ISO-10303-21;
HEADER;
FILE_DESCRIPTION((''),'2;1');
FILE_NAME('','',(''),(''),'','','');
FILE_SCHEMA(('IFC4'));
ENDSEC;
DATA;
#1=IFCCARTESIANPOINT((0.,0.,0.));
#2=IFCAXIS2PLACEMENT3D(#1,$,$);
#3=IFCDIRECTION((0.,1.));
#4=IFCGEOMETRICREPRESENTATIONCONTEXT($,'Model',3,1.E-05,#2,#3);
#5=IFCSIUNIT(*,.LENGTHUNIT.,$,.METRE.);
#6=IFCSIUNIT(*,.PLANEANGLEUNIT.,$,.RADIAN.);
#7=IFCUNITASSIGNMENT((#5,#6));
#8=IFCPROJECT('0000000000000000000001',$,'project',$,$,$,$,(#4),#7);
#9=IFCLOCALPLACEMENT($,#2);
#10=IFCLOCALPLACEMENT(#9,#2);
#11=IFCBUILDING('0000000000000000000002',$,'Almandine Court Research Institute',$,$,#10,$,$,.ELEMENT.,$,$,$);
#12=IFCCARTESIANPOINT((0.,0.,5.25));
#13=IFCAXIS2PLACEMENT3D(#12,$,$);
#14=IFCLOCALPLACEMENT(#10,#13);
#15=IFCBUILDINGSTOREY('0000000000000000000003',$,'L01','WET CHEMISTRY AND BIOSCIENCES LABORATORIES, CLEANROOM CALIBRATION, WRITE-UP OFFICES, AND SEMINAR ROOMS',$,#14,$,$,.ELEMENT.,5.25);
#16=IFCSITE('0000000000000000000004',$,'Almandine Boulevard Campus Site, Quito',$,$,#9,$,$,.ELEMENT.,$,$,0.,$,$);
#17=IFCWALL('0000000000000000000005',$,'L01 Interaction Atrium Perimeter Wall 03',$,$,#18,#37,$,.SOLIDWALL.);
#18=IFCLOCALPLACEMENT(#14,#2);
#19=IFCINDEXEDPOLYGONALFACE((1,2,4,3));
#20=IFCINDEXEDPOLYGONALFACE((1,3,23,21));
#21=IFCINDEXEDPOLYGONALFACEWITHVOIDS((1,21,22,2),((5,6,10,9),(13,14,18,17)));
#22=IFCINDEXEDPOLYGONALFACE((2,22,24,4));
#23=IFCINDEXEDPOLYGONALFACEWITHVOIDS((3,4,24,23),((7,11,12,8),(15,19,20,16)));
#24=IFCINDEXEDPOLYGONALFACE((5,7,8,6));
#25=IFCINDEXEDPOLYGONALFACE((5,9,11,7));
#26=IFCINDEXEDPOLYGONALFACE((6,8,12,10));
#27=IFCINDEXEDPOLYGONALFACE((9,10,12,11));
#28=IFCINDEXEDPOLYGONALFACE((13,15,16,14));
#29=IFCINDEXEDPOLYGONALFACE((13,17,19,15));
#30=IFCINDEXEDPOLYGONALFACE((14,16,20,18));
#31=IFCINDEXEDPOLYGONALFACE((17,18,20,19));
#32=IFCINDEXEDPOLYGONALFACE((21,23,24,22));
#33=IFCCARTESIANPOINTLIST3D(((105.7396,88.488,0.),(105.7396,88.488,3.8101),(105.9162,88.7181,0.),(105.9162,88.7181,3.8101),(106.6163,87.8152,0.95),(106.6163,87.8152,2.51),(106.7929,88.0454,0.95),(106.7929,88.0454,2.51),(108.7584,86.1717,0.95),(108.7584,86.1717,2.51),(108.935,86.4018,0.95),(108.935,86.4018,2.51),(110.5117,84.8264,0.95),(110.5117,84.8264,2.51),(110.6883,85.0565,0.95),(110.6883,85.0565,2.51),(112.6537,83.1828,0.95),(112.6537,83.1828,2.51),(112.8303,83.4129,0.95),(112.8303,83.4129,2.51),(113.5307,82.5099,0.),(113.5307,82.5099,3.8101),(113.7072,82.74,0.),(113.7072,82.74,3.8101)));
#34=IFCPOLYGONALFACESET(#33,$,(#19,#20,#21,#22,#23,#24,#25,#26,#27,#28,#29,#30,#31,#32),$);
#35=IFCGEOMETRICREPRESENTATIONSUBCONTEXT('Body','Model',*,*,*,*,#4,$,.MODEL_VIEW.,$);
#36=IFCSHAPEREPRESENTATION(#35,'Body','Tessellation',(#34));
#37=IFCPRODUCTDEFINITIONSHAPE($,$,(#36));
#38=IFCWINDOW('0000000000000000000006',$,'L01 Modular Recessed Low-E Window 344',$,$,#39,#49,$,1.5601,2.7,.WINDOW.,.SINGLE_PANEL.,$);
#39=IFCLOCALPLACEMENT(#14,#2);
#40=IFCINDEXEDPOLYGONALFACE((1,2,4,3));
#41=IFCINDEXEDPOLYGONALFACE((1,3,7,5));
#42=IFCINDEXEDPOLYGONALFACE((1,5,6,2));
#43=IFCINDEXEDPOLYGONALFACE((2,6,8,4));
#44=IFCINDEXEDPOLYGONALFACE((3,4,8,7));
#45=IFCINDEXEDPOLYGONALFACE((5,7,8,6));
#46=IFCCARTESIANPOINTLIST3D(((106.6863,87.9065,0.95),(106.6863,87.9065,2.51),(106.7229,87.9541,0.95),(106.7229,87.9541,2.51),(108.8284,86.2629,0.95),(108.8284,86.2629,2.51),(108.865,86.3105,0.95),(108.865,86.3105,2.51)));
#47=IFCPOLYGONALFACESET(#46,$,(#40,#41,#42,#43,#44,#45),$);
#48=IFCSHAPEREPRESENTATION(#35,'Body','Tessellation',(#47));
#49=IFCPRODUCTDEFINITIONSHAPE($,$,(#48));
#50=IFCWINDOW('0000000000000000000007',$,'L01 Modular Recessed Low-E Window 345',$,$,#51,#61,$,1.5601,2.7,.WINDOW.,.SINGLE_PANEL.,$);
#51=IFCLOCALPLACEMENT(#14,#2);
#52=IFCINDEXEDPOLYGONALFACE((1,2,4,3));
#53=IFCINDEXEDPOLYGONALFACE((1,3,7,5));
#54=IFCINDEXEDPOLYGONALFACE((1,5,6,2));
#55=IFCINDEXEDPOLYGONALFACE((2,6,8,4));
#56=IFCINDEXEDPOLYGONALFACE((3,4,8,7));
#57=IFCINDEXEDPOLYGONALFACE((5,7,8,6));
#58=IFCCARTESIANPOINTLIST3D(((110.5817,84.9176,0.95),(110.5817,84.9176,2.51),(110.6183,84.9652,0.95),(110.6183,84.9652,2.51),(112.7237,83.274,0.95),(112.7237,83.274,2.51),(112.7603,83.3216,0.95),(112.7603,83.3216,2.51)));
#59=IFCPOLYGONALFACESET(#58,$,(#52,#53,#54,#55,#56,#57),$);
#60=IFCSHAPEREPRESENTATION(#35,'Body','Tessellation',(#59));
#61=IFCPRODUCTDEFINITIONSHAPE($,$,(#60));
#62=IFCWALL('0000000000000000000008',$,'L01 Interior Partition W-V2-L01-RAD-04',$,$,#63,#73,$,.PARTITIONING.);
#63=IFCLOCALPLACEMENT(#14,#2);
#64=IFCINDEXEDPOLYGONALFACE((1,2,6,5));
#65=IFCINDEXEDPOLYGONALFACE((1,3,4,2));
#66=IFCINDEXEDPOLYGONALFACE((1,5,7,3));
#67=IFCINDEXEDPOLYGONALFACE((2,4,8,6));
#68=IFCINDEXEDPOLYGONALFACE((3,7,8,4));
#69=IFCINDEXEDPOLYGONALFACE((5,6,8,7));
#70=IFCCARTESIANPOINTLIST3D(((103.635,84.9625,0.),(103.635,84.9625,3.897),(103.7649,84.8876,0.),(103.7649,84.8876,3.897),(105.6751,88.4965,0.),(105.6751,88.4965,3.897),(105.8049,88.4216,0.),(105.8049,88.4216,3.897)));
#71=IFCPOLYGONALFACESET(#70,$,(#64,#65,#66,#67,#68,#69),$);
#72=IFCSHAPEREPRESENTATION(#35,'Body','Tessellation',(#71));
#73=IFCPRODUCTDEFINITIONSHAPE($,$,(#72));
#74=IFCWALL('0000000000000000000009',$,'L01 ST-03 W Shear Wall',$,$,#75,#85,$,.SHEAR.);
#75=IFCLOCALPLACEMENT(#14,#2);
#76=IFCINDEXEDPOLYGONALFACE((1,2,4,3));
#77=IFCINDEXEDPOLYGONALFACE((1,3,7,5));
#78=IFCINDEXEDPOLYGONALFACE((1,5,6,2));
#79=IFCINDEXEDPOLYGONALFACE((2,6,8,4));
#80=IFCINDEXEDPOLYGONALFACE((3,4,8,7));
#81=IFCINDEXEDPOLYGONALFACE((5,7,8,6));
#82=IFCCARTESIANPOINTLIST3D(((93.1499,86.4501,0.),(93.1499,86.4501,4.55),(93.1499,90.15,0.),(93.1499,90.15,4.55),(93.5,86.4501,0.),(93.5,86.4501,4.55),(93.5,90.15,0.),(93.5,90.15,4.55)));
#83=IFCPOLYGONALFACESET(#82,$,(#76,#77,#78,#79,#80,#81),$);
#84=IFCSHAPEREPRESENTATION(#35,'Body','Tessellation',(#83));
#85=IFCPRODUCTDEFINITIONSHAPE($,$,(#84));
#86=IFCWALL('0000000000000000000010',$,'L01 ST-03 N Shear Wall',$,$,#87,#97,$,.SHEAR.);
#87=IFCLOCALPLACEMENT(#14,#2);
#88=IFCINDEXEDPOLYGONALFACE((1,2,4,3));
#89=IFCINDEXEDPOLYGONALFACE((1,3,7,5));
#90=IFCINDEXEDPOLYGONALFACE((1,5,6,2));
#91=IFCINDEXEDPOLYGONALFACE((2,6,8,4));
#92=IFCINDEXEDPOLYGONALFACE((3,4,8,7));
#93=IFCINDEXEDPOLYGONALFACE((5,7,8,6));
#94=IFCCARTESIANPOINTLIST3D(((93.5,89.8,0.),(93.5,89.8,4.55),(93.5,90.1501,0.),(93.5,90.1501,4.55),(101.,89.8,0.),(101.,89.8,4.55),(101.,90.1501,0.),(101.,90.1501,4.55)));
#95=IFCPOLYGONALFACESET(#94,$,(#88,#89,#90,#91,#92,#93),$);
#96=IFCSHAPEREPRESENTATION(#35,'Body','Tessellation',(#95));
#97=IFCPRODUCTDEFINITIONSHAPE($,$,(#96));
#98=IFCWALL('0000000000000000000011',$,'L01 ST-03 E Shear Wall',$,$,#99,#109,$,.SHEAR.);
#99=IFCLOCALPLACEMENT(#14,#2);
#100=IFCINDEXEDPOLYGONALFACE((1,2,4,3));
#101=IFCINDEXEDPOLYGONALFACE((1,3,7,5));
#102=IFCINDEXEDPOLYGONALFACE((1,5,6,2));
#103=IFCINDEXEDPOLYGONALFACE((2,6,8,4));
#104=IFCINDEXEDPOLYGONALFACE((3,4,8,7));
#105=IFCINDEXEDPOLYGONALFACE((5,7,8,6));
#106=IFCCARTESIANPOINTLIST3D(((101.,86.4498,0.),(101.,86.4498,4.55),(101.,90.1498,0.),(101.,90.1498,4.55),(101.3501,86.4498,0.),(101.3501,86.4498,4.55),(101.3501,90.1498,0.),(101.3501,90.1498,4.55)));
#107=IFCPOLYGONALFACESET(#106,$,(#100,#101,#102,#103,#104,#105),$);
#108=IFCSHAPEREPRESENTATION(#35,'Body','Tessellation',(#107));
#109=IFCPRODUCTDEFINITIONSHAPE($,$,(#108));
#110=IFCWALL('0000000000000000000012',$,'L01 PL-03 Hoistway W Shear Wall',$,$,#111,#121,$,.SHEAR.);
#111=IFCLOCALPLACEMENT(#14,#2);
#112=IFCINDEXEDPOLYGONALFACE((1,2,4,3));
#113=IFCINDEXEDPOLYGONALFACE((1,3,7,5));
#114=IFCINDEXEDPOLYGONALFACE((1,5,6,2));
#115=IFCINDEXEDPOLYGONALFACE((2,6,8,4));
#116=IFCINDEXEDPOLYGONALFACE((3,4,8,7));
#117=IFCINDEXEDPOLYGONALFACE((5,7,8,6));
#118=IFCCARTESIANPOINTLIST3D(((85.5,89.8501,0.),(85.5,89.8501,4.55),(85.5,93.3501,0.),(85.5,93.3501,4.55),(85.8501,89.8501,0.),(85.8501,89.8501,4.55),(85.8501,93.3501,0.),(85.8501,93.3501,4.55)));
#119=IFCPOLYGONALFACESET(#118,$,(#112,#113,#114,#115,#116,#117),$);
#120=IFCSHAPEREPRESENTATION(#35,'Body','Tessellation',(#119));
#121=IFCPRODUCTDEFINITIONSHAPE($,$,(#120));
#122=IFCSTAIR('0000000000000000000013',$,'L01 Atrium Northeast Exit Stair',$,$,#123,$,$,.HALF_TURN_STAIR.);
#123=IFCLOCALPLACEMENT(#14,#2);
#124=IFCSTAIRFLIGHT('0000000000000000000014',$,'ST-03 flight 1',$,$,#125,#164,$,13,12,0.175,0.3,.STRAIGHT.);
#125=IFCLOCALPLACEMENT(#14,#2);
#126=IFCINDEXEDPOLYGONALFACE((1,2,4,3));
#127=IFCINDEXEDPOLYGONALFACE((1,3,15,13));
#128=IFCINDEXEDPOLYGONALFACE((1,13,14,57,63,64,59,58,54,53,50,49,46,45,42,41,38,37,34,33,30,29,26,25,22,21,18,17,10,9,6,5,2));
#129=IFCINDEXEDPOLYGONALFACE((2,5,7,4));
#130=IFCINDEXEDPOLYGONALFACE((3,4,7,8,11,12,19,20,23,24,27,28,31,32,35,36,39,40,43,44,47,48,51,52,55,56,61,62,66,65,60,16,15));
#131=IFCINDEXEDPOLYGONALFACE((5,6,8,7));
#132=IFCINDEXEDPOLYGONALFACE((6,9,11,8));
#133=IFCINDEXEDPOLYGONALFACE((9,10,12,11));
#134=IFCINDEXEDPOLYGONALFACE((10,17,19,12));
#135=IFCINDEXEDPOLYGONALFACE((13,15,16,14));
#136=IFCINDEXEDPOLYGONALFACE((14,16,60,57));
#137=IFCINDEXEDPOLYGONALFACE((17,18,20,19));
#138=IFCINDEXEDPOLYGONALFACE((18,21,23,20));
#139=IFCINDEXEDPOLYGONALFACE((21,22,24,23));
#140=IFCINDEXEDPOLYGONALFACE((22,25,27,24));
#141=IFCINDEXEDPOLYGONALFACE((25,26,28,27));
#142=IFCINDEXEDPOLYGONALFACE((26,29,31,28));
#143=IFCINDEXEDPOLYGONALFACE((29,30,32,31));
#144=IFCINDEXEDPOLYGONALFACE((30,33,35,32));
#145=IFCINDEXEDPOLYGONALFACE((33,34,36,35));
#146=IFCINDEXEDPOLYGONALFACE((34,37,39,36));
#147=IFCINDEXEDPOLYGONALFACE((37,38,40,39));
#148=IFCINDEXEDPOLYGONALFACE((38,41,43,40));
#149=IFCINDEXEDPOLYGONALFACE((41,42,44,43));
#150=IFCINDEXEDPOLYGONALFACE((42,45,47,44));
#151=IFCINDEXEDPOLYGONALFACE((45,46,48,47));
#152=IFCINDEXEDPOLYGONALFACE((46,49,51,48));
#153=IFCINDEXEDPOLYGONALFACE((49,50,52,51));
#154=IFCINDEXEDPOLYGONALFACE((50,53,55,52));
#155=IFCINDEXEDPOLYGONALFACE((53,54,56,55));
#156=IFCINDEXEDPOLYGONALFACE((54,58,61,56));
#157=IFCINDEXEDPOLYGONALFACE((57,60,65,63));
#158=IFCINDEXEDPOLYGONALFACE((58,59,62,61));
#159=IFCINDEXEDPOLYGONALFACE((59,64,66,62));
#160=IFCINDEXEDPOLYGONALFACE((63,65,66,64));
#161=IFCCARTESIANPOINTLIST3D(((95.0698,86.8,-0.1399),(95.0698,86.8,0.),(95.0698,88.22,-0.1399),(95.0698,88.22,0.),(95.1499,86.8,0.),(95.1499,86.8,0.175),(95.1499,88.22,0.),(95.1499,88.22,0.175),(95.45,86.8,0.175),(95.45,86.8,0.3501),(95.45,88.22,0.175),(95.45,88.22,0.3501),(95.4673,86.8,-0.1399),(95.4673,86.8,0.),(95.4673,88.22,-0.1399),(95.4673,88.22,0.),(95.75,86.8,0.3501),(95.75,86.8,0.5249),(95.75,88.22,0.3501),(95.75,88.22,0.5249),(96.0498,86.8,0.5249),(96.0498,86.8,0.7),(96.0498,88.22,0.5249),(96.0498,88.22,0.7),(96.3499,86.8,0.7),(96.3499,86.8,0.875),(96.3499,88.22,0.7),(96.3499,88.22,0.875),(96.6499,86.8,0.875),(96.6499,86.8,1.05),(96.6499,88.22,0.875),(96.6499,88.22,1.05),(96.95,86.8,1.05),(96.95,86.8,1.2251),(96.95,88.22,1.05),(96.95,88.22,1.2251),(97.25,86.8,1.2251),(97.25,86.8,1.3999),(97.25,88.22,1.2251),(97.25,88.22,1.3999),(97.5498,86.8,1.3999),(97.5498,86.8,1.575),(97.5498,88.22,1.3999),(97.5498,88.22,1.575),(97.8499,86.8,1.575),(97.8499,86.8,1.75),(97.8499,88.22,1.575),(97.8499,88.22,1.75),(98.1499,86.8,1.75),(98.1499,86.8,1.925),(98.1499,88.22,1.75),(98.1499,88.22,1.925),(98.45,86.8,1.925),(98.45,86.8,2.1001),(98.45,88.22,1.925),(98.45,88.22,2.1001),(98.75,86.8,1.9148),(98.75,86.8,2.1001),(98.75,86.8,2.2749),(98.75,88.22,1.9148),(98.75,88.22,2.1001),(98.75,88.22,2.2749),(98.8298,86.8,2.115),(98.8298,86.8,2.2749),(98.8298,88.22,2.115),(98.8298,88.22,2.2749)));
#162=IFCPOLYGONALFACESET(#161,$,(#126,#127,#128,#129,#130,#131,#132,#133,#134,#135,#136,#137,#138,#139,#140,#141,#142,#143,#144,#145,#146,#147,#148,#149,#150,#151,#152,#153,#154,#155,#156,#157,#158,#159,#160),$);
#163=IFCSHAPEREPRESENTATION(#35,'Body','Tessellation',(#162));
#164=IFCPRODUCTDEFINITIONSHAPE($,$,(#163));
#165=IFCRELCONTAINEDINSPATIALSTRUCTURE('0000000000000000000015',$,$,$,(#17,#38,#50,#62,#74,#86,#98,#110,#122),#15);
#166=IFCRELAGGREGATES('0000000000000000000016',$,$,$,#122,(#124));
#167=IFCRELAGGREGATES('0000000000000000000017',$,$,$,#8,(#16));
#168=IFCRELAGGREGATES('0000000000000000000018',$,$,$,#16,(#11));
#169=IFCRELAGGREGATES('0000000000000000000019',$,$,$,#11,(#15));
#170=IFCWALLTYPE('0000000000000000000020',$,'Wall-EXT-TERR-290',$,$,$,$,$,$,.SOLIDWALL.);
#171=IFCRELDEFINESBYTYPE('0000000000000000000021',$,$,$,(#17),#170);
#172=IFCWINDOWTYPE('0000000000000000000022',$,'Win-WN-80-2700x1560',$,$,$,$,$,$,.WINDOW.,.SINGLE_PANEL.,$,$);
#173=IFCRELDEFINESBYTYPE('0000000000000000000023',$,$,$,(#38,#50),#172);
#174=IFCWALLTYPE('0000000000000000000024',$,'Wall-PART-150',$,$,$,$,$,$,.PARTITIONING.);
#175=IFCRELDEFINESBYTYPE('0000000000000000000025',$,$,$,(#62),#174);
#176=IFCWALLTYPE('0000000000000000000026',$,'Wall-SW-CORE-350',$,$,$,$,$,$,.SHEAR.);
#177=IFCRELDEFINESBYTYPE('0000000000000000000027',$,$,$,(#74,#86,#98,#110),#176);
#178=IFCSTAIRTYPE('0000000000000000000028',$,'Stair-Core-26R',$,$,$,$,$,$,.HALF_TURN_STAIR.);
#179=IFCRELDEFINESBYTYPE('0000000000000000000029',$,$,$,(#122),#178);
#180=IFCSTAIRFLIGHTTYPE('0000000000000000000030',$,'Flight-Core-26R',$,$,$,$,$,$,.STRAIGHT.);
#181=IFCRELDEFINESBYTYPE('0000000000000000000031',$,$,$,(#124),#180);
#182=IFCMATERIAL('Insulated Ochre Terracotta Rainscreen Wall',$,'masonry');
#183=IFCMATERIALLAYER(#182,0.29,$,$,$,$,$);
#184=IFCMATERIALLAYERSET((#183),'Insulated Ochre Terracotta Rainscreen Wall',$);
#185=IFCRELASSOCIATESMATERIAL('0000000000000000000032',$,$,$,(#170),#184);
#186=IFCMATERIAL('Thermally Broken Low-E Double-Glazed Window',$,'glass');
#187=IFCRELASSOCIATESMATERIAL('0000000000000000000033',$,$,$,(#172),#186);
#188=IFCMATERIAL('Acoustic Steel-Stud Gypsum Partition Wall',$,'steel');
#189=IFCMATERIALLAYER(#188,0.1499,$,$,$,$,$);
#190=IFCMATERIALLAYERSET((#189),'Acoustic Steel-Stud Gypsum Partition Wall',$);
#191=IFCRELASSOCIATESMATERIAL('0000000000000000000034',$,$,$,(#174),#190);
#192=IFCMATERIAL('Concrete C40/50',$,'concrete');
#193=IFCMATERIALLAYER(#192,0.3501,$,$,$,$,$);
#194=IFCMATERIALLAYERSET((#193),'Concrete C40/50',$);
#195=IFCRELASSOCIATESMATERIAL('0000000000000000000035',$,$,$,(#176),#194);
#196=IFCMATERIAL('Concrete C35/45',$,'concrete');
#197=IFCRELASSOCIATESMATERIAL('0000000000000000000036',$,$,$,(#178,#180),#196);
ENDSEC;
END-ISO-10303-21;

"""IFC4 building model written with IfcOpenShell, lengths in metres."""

from ifc_helpers import new_model, si_unit, direction, frame, frame_2d, origin, place, context, subcontext, project, spatial, polyline, rectangle, outline, extrude, material, layer, layer_set, type_object, element, fill, aggregate, save


model = new_model("IFC4")

# Units and contexts
model_context = context("Model", 3, precision=1e-05, world=origin(), true_north=direction((0.0, 1.0)))
body_context = subcontext(model_context, "Body", "Model", "MODEL_VIEW")
ifc_project = project(units=[si_unit("LENGTHUNIT", "METRE"), si_unit("PLANEANGLEUNIT", "RADIAN")], contexts=[model_context])

# Site, building, storey
site_placement = place(None, origin())
site = spatial("IfcSite", under=ifc_project, at=site_placement, Name="Almandine Boulevard Campus Site, Quito", CompositionType="ELEMENT", RefElevation=0.0)
building_placement = place(site_placement, origin())
building = spatial("IfcBuilding", under=site, at=building_placement, Name="Almandine Court Research Institute", CompositionType="ELEMENT")
storey_placement = place(building_placement, frame((0.0, 0.0, 5.25)))
storey = spatial("IfcBuildingStorey", under=building, at=storey_placement, Name="L01", Description="WET CHEMISTRY AND BIOSCIENCES LABORATORIES, CLEANROOM CALIBRATION, WRITE-UP OFFICES, AND SEMINAR ROOMS", CompositionType="ELEMENT", Elevation=5.25)

# Shared definitions
ifc_material_1 = material(Name="Insulated Ochre Terracotta Rainscreen Wall", Category="masonry")
ifc_layer_1 = layer(ifc_material_1, 0.29)
ifc_layer_set_1 = layer_set([ifc_layer_1], Name="Insulated Ochre Terracotta Rainscreen Wall")
wall_type_1 = type_object("IfcWallType", Name="Wall-EXT-TERR-290", PredefinedType="SOLIDWALL", material=ifc_layer_set_1)
ifc_material_2 = material(Name="Thermally Broken Low-E Double-Glazed Window", Category="glass")

# Wall, openings, windows
wall_1_placement = place(storey_placement, frame((105.8279, 88.603, 0.0), z_axis=(0.0, 0.0, 1.0), x_axis=(0.793365, -0.608747, 0.0)))
wall_1 = element("IfcWall", 1, at=wall_1_placement, inside=storey, type_object=wall_type_1, Name="L01 Interaction Atrium Perimeter Wall 03", PredefinedType="SOLIDWALL", context=body_context, shape_type="SweptSolid", body=[
    extrude(rectangle(XDim=9.8203, YDim=0.29, at=frame_2d((4.9102, 0.0))), origin(), (0.0, 0.0, 1.0), 3.8101),
])
opening_1_placement = place(wall_1_placement, frame((1.105, 0.0, 0.95)))
opening_1 = element("IfcOpeningElement", 2, at=opening_1_placement, cuts=wall_1, PredefinedType="OPENING", context=body_context, shape_type="SweptSolid", body=[
    extrude(rectangle(XDim=2.7, YDim=1.5601, at=frame_2d((1.3501, 0.78))), frame((0.0, 0.155, 0.0), z_axis=(0.0, -1.0, 0.0), x_axis=(1.0, 0.0, 0.0)), (0.0, 0.0, 1.0), 0.3101),
])
opening_2_placement = place(wall_1_placement, frame((6.0149, 0.0, 0.95)))
opening_2 = element("IfcOpeningElement", 3, at=opening_2_placement, cuts=wall_1, PredefinedType="OPENING", context=body_context, shape_type="SweptSolid", body=[
    extrude(rectangle(XDim=2.7, YDim=1.5601, at=frame_2d((1.3501, 0.78))), frame((0.0, 0.155, 0.0), z_axis=(0.0, -1.0, 0.0), x_axis=(1.0, 0.0, 0.0)), (0.0, 0.0, 1.0), 0.3101),
])
window_type_1 = type_object("IfcWindowType", Name="Win-WN-80-2700x1560", PartitioningType="SINGLE_PANEL", PredefinedType="WINDOW", material=ifc_material_2)
window_1_placement = place(opening_1_placement, origin())
window_1 = element("IfcWindow", 4, at=window_1_placement, inside=storey, type_object=window_type_1, Name="L01 Modular Recessed Low-E Window 344", OverallHeight=1.5601, OverallWidth=2.7, PartitioningType="SINGLE_PANEL", PredefinedType="WINDOW", context=body_context, shape_type="SweptSolid", body=[
    extrude(rectangle(XDim=2.7, YDim=1.5601, at=frame_2d((1.3501, 0.78))), frame((0.0, 0.03, 0.0), z_axis=(0.0, -1.0, 0.0), x_axis=(1.0, 0.0, 0.0)), (0.0, 0.0, 1.0), 0.0601),
])
fill(opening_1, window_1)
window_2_placement = place(opening_2_placement, origin())
window_2 = element("IfcWindow", 5, at=window_2_placement, inside=storey, type_object=window_type_1, Name="L01 Modular Recessed Low-E Window 345", OverallHeight=1.5601, OverallWidth=2.7, PartitioningType="SINGLE_PANEL", PredefinedType="WINDOW", context=body_context, shape_type="SweptSolid", body=[
    extrude(rectangle(XDim=2.7, YDim=1.5601, at=frame_2d((1.3501, 0.78))), frame((0.0, 0.03, 0.0), z_axis=(0.0, -1.0, 0.0), x_axis=(1.0, 0.0, 0.0)), (0.0, 0.0, 1.0), 0.0601),
])
fill(opening_2, window_2)

# Walls
ifc_material_3 = material(Name="Acoustic Steel-Stud Gypsum Partition Wall", Category="steel")
ifc_layer_2 = layer(ifc_material_3, 0.1499)
ifc_layer_set_2 = layer_set([ifc_layer_2], Name="Acoustic Steel-Stud Gypsum Partition Wall")
wall_type_2 = type_object("IfcWallType", Name="Wall-PART-150", PredefinedType="PARTITIONING", material=ifc_layer_set_2)
wall_2_placement = place(storey_placement, frame((103.7, 84.925, 0.0), z_axis=(0.0, 0.0, 1.0), x_axis=(0.499949, 0.866055, 0.0)))
element("IfcWall", 6, at=wall_2_placement, inside=storey, type_object=wall_type_2, Name="L01 Interior Partition W-V2-L01-RAD-04", PredefinedType="PARTITIONING", context=body_context, shape_type="SweptSolid", body=[
    extrude(rectangle(XDim=4.0806, YDim=0.1499, at=frame_2d((2.0403, 0.0))), origin(), (0.0, 0.0, 1.0), 3.897),
])
ifc_material_4 = material(Name="Concrete C40/50", Category="concrete")
ifc_layer_3 = layer(ifc_material_4, 0.3501)
ifc_layer_set_3 = layer_set([ifc_layer_3], Name="Concrete C40/50")
wall_type_3 = type_object("IfcWallType", Name="Wall-SW-CORE-350", PredefinedType="SHEAR", material=ifc_layer_set_3)
wall_3_placement = place(storey_placement, frame((93.325, 86.45, 0.0), z_axis=(0.0, 0.0, 1.0), x_axis=(0.0, 1.0, 0.0)))
element("IfcWall", 7, at=wall_3_placement, inside=storey, type_object=wall_type_3, Name="L01 ST-03 W Shear Wall", PredefinedType="SHEAR", context=body_context, shape_type="SweptSolid", body=[
    extrude(rectangle(XDim=3.7, YDim=0.3501, at=frame_2d((1.8501, 0.0))), origin(), (0.0, 0.0, 1.0), 4.55),
])
wall_4_placement = place(storey_placement, frame((93.5, 89.9751, 0.0), z_axis=(0.0, 0.0, 1.0), x_axis=(1.0, 0.0, 0.0)))
element("IfcWall", 8, at=wall_4_placement, inside=storey, type_object=wall_type_3, Name="L01 ST-03 N Shear Wall", PredefinedType="SHEAR", context=body_context, shape_type="SweptSolid", body=[
    extrude(rectangle(XDim=7.5, YDim=0.3501, at=frame_2d((3.75, 0.0))), origin(), (0.0, 0.0, 1.0), 4.55),
])
wall_5_placement = place(storey_placement, frame((101.175, 90.1499, 0.0), z_axis=(0.0, 0.0, 1.0), x_axis=(0.0, -1.0, 0.0)))
element("IfcWall", 9, at=wall_5_placement, inside=storey, type_object=wall_type_3, Name="L01 ST-03 E Shear Wall", PredefinedType="SHEAR", context=body_context, shape_type="SweptSolid", body=[
    extrude(rectangle(XDim=3.7, YDim=0.3501, at=frame_2d((1.8501, 0.0))), origin(), (0.0, 0.0, 1.0), 4.55),
])

# Wall
wall_6_placement = place(storey_placement, frame((85.675, 89.8501, 0.0), z_axis=(0.0, 0.0, 1.0), x_axis=(0.0, 1.0, 0.0)))
element("IfcWall", 10, at=wall_6_placement, inside=storey, type_object=wall_type_3, Name="L01 PL-03 Hoistway W Shear Wall", PredefinedType="SHEAR", context=body_context, shape_type="SweptSolid", body=[
    extrude(rectangle(XDim=3.5, YDim=0.3501, at=frame_2d((1.75, 0.0))), origin(), (0.0, 0.0, 1.0), 4.55),
])

# Stair, stair flight
ifc_material_5 = material(Name="Concrete C35/45", Category="concrete")
stair_type = type_object("IfcStairType", Name="Stair-Core-26R", PredefinedType="HALF_TURN_STAIR", material=ifc_material_5)
stair_placement = place(storey_placement, origin())
stair = element("IfcStair", 11, at=stair_placement, inside=storey, type_object=stair_type, Name="L01 Atrium Northeast Exit Stair", PredefinedType="HALF_TURN_STAIR")
stair_flight_type = type_object("IfcStairFlightType", Name="Flight-Core-26R", PredefinedType="STRAIGHT", material=ifc_material_5)
stair_flight_1_placement = place(storey_placement, frame((95.1499, 87.51, 0.0), z_axis=(0.0, 0.0, 1.0), x_axis=(1.0, 0.0, 0.0)))
stair_flight_1 = element("IfcStairFlight", 12, at=stair_flight_1_placement, type_object=stair_flight_type, Name="ST-03 flight 1", NumberOfRisers=13, NumberOfTreads=12, PredefinedType="STRAIGHT", RiserHeight=0.175, TreadLength=0.3, context=body_context, shape_type="SweptSolid", body=[
    extrude(outline(polyline([(-0.0801, -0.1399), (-0.0801, 0.0), (0.0, 0.0), (0.0, 0.175), (0.3, 0.175), (0.3, 0.3501), (0.6001, 0.3501), (0.6001, 0.5249), (0.8999, 0.5249), (0.8999, 0.7), (1.2, 0.7), (1.2, 0.875), (1.5, 0.875), (1.5, 1.05), (1.8, 1.05), (1.8, 1.2251), (2.1001, 1.2251), (2.1001, 1.3999), (2.3999, 1.3999), (2.3999, 1.575), (2.7, 1.575), (2.7, 1.75), (3.0, 1.75), (3.0, 1.925), (3.3, 1.925), (3.3, 2.1001), (3.6001, 2.1001), (3.6001, 2.2749), (3.6799, 2.2749), (3.6799, 2.115), (3.6001, 1.9148), (0.3174, 0.0), (0.3174, -0.1399), (-0.0801, -0.1399)])), frame((0.0, 0.71, 0.0), z_axis=(0.0, -1.0, 0.0), x_axis=(1.0, 0.0, 0.0)), (0.0, 0.0, 1.0), 1.4199),
])
aggregate(stair, [stair_flight_1])

save(model, "model.ifc")
